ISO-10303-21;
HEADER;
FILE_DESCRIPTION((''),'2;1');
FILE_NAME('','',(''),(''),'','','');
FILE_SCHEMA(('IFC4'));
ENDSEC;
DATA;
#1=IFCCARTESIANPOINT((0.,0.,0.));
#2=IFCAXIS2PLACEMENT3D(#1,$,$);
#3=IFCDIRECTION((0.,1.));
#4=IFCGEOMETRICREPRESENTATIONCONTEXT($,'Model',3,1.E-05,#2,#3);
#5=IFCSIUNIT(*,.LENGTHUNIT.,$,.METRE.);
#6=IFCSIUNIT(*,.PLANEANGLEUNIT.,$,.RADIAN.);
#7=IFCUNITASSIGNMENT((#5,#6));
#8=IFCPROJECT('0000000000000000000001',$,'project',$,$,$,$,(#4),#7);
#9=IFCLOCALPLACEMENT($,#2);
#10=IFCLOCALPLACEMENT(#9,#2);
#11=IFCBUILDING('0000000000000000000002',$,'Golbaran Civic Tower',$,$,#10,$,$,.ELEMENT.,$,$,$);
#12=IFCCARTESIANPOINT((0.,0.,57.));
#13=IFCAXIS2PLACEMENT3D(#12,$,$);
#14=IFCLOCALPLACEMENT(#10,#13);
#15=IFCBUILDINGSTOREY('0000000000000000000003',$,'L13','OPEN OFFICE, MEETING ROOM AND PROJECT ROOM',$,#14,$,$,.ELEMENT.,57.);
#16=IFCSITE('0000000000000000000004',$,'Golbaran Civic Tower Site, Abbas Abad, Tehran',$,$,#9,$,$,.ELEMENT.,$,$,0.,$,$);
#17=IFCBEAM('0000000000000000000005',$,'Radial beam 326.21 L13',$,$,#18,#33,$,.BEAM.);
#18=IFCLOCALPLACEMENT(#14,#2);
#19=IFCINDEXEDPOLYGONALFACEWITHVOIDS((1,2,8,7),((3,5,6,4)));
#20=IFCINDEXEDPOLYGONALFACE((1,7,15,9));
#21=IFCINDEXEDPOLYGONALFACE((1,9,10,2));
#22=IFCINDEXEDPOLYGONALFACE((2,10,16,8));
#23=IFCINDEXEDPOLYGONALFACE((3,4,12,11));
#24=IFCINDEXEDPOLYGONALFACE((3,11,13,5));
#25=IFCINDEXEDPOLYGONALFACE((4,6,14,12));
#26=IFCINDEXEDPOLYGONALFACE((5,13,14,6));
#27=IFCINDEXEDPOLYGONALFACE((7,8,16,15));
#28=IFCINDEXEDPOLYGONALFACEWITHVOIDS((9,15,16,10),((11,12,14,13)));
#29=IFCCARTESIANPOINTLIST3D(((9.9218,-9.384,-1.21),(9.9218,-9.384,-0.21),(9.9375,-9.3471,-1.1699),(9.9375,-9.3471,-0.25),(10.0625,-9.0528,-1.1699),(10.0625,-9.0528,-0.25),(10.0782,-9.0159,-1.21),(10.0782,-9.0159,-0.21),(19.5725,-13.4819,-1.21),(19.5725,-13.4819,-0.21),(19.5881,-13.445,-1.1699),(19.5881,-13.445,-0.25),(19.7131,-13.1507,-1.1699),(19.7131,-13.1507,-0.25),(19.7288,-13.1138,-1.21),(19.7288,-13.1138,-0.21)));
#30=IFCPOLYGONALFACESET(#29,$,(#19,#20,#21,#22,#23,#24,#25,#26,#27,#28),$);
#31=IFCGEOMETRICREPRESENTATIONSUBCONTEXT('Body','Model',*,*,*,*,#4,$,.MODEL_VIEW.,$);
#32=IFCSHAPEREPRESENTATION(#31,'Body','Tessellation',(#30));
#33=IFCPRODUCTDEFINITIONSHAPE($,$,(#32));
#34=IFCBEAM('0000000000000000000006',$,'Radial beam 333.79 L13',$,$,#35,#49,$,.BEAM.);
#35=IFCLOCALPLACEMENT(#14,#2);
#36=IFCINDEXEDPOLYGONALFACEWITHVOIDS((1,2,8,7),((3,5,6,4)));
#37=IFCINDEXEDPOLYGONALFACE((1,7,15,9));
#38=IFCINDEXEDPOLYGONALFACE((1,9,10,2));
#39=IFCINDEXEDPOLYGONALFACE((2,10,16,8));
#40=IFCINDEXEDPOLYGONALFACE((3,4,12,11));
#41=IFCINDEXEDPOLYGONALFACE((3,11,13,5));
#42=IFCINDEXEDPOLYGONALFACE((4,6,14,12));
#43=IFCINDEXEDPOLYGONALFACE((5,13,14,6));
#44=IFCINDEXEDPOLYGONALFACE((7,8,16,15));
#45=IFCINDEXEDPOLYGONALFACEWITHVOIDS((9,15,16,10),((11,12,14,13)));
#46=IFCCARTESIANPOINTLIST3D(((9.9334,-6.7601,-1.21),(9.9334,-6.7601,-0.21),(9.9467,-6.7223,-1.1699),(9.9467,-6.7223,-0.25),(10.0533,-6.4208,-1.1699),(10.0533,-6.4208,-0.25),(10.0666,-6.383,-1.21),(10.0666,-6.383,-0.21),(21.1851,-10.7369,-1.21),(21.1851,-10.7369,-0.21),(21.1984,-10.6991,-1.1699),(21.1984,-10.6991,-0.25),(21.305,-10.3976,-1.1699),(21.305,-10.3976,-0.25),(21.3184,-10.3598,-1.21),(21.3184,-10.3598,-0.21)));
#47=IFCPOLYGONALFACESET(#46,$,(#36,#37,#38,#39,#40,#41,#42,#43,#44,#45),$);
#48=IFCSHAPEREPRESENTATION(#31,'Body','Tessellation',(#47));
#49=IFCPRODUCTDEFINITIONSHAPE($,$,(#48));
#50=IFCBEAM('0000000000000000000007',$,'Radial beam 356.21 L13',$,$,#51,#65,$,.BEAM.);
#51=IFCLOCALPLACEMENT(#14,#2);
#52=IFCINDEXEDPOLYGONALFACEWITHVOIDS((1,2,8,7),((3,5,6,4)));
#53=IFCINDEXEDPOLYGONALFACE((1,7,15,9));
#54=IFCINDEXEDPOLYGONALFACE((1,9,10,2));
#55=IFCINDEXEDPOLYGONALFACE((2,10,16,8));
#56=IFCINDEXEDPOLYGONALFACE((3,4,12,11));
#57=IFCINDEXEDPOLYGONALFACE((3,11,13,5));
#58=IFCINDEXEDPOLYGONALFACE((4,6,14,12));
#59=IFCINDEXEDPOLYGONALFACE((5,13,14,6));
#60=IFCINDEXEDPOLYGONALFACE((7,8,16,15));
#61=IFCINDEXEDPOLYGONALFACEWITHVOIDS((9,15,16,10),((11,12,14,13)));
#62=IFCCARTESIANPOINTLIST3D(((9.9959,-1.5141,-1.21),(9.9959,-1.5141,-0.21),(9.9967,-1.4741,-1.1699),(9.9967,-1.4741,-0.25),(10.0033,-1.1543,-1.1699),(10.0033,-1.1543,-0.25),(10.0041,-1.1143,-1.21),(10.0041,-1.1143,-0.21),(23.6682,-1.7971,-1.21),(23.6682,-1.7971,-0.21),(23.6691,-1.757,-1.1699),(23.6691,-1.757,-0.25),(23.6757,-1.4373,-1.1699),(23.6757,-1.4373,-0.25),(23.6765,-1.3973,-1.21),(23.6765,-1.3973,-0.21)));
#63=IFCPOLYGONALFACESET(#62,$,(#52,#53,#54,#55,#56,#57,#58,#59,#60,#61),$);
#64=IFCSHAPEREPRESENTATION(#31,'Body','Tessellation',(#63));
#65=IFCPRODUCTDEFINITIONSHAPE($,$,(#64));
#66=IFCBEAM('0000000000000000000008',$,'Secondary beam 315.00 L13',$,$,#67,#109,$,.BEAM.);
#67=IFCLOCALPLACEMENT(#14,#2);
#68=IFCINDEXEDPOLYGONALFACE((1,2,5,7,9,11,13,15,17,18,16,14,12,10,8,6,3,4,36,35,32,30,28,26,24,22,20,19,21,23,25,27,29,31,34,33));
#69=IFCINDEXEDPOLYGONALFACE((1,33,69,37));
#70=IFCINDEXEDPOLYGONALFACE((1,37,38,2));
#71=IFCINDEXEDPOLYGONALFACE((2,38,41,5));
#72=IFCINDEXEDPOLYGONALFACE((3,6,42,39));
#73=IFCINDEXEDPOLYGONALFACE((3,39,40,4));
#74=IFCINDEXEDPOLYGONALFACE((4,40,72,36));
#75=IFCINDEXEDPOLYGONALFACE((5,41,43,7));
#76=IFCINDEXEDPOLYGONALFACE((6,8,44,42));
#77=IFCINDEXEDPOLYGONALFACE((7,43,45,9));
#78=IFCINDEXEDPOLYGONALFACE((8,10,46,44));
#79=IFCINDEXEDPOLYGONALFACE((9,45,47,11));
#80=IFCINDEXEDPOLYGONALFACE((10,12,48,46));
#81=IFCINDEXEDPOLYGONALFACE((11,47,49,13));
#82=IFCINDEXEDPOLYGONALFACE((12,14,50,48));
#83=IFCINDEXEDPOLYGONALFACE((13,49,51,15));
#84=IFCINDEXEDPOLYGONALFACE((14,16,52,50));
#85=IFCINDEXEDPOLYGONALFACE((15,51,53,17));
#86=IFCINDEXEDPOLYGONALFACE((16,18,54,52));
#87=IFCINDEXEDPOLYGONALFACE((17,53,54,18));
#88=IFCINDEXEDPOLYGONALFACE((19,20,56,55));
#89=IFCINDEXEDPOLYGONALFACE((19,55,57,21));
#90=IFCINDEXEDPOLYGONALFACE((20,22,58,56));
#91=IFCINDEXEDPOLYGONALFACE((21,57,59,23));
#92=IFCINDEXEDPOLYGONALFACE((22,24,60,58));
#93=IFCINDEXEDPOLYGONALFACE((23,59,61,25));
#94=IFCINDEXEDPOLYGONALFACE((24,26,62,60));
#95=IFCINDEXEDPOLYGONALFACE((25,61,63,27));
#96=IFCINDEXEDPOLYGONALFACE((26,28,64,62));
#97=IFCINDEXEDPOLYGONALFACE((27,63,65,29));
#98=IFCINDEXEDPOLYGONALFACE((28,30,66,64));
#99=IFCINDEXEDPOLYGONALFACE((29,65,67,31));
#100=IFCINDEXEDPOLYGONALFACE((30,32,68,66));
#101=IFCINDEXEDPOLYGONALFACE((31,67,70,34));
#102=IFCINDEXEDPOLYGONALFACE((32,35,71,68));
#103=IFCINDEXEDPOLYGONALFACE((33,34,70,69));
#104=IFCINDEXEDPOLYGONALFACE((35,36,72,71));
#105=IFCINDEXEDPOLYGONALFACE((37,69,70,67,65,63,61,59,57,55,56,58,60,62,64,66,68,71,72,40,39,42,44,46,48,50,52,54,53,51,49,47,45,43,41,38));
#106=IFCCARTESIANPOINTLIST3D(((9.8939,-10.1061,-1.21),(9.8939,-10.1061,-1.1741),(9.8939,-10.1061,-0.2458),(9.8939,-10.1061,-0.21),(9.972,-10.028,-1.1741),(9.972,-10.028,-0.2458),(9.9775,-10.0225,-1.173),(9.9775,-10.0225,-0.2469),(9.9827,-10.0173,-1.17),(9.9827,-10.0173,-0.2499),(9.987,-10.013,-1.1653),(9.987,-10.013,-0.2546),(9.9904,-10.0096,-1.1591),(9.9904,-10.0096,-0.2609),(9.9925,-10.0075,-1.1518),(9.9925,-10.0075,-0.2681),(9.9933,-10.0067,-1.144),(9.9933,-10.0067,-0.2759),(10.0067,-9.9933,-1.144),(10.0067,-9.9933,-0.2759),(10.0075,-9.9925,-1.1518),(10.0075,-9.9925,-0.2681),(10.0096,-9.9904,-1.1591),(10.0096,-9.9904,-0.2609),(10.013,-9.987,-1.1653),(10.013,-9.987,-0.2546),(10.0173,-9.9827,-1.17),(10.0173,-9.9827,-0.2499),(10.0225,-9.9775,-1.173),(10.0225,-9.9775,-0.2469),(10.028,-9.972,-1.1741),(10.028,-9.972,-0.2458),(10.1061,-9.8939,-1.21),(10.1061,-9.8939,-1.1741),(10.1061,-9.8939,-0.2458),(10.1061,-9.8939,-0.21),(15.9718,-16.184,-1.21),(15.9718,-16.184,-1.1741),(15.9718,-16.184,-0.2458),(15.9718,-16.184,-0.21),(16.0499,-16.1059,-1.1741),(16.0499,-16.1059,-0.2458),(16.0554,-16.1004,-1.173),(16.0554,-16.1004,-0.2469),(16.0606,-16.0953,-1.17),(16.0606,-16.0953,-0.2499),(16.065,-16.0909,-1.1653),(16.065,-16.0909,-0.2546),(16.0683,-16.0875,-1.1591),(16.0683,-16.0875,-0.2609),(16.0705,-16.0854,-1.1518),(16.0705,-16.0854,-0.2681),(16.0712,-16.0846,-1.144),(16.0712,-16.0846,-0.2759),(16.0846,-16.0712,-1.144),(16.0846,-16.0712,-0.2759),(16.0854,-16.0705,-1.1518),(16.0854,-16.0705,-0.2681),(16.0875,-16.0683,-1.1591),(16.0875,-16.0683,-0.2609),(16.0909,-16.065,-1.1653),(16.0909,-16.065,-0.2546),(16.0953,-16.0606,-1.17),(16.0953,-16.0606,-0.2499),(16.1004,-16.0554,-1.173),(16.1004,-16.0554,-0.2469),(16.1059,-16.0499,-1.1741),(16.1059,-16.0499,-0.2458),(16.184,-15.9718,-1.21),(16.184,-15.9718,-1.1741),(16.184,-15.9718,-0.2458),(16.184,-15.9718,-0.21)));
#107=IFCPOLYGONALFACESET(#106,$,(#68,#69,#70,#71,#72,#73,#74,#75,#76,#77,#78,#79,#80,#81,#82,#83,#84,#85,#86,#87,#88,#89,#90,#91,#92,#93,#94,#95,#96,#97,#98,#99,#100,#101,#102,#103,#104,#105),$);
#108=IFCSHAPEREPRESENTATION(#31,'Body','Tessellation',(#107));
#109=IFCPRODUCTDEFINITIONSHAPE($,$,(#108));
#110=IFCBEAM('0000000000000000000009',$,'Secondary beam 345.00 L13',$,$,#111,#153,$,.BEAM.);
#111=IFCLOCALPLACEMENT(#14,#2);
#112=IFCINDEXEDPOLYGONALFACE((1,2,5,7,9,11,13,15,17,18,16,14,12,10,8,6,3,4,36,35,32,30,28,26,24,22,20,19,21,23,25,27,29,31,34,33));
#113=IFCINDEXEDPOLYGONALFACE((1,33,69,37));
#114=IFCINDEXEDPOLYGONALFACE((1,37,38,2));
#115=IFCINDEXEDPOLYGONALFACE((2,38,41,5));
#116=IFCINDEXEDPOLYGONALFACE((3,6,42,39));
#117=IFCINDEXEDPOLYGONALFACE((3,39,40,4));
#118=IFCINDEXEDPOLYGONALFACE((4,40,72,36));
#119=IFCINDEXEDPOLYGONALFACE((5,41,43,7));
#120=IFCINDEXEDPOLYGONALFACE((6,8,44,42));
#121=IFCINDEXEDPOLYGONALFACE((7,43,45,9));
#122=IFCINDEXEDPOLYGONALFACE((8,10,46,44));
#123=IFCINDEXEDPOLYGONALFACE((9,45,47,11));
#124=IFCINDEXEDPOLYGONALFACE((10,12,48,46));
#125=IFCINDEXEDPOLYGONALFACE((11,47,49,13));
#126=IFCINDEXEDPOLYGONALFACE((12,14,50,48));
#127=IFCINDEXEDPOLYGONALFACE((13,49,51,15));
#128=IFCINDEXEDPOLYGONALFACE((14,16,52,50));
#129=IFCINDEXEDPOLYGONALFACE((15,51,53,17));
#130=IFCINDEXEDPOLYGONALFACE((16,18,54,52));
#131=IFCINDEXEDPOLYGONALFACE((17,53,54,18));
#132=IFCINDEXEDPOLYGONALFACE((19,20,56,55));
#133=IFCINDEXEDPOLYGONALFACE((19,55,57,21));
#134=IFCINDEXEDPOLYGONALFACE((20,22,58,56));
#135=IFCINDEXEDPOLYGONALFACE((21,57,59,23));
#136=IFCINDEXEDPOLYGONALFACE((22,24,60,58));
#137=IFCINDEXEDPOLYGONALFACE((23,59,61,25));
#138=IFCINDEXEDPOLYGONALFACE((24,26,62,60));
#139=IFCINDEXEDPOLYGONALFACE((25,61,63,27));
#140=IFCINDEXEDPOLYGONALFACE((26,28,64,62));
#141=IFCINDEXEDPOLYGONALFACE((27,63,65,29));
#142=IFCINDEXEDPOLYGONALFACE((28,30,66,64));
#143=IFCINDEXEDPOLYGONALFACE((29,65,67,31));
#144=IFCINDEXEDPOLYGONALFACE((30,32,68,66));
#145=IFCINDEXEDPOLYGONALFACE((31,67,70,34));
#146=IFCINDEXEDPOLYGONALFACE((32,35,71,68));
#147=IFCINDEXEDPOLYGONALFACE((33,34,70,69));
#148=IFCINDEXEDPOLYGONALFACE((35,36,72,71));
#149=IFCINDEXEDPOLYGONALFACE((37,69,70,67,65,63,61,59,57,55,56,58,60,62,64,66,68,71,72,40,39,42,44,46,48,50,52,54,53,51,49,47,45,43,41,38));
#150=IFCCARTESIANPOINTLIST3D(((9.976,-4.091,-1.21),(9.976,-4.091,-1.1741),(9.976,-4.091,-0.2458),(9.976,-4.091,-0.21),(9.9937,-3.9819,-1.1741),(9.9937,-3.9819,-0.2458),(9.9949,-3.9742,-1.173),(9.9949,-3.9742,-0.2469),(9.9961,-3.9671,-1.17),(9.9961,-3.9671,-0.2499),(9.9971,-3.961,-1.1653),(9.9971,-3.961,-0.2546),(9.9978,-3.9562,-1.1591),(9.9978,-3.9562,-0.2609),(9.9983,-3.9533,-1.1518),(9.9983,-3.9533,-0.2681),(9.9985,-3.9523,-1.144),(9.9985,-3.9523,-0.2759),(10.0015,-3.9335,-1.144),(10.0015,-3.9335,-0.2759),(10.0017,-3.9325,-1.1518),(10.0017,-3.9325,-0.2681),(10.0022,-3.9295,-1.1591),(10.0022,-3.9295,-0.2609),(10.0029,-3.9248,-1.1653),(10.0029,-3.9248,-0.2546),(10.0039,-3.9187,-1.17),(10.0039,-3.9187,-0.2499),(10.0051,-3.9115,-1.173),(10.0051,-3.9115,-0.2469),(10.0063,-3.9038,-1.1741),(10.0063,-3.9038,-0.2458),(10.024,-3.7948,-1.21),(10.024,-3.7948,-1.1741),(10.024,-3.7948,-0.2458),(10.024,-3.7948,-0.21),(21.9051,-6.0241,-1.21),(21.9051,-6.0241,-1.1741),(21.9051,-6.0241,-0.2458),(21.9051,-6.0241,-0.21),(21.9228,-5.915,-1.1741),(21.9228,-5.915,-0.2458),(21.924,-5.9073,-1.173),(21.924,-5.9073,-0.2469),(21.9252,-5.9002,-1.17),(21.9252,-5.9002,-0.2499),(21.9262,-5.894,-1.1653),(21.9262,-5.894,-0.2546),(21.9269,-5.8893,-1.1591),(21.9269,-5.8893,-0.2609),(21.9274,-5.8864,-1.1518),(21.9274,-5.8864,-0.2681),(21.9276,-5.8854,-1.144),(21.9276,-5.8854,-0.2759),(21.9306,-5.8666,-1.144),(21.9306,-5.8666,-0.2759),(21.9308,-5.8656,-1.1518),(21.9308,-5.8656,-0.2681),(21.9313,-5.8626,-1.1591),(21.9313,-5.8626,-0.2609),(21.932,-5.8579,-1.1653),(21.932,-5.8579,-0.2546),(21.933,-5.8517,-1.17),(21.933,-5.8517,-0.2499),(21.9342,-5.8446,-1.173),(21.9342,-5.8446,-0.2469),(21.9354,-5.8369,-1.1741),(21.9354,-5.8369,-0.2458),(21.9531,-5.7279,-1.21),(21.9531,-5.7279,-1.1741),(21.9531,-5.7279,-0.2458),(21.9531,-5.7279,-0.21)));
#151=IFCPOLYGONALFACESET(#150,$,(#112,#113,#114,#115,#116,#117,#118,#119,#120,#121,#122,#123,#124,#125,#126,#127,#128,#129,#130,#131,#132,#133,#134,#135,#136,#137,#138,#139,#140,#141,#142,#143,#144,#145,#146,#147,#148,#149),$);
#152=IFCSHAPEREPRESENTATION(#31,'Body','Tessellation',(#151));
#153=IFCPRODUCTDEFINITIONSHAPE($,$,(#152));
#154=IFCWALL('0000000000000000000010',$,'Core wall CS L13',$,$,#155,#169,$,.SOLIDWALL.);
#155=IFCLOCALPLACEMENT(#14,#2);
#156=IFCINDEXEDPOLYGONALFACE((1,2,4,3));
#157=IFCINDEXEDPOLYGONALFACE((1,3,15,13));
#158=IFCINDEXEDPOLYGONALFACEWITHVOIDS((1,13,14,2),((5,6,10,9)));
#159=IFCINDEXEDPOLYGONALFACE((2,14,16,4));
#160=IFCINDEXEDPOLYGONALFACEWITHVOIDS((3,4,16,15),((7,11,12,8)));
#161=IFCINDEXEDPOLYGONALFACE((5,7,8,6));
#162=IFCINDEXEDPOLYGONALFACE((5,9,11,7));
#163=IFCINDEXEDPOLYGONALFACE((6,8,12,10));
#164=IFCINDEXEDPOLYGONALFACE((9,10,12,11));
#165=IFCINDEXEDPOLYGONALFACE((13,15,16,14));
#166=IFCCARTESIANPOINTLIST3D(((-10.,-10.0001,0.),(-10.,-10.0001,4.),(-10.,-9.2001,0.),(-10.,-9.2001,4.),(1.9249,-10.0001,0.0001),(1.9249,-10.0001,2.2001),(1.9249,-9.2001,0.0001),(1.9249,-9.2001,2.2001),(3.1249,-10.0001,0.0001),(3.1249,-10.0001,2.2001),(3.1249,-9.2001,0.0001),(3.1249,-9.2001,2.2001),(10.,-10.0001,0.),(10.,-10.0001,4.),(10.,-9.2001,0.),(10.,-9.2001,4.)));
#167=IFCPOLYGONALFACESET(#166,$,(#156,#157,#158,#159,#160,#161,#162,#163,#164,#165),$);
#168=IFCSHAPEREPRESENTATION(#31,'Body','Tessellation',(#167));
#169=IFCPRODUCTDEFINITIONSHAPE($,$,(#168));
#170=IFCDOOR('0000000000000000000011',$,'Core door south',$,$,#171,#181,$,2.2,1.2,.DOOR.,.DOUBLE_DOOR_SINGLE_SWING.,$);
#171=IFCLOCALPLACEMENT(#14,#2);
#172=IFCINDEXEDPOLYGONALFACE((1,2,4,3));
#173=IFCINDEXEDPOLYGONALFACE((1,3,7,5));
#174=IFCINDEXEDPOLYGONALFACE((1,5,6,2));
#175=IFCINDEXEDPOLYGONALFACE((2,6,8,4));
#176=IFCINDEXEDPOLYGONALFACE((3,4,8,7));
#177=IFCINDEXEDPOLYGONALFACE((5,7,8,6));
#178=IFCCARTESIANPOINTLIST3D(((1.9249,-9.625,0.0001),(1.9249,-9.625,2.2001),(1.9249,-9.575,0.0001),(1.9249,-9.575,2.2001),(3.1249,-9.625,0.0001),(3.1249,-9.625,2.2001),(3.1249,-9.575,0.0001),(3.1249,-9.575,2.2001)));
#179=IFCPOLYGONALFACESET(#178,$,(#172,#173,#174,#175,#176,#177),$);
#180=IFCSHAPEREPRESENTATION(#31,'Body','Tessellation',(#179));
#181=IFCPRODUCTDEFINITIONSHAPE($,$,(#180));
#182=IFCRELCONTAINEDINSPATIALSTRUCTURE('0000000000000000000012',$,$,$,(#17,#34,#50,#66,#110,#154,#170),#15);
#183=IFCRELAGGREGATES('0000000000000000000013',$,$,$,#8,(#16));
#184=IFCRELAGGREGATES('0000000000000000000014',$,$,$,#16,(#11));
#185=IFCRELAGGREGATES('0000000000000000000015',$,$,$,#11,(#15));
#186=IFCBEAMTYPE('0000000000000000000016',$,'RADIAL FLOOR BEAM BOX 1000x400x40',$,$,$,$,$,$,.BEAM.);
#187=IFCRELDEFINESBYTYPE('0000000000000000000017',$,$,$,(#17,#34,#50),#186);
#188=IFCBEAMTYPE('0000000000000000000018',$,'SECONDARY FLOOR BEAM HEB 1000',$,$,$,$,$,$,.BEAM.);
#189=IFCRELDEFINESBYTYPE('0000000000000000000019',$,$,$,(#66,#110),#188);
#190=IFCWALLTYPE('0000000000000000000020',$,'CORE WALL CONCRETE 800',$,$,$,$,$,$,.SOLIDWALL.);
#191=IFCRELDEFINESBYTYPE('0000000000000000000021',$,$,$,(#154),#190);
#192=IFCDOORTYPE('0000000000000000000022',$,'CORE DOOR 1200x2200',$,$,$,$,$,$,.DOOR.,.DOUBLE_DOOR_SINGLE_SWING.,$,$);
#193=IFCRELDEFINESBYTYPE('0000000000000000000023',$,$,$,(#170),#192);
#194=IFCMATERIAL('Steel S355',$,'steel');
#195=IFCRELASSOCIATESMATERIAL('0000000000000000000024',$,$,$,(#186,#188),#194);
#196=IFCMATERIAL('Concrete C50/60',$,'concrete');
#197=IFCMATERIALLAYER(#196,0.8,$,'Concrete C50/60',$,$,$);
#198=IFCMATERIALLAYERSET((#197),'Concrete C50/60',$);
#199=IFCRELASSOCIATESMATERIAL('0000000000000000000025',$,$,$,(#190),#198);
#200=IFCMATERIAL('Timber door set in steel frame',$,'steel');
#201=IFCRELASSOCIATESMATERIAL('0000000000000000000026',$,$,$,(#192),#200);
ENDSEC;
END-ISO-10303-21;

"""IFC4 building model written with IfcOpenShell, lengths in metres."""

from ifc_helpers import new_model, si_unit, direction, frame, frame_2d, origin, origin_2d, place, context, subcontext, project, spatial, rectangle, hollow_rectangle, i_section, extrude, material, layer, layer_set, material_profile, profile_set, type_object, element, fill, save


model = new_model("IFC4")

# Units and contexts
model_context = context("Model", 3, precision=1e-05, world=origin(), true_north=direction((0.0, 1.0)))
body_context = subcontext(model_context, "Body", "Model", "MODEL_VIEW")
ifc_project = project(units=[si_unit("LENGTHUNIT", "METRE"), si_unit("PLANEANGLEUNIT", "RADIAN")], contexts=[model_context])

# Site, building, storey
site_placement = place(None, origin())
site = spatial("IfcSite", under=ifc_project, at=site_placement, Name="Golbaran Civic Tower Site, Abbas Abad, Tehran", CompositionType="ELEMENT", RefElevation=0.0)
building_placement = place(site_placement, origin())
building = spatial("IfcBuilding", under=site, at=building_placement, Name="Golbaran Civic Tower", CompositionType="ELEMENT")
storey_placement = place(building_placement, frame((0.0, 0.0, 57.0)))
storey = spatial("IfcBuildingStorey", under=building, at=storey_placement, Name="L13", Description="OPEN OFFICE, MEETING ROOM AND PROJECT ROOM", CompositionType="ELEMENT", Elevation=57.0)

# Beams
ifc_material_1 = material(Name="Steel S355", Category="steel")
ifc_material_profile_1 = material_profile(ifc_material_1, hollow_rectangle(XDim=0.3999, YDim=1.0, WallThickness=0.04, at=origin_2d()), Name="BOX 1000x400x40")
ifc_profile_set_1 = profile_set([ifc_material_profile_1], Name="Steel S355")
beam_type_1 = type_object("IfcBeamType", Name="RADIAL FLOOR BEAM BOX 1000x400x40", PredefinedType="BEAM", material=ifc_profile_set_1)
beam_1_placement = place(storey_placement, frame((10.0, -9.2, -0.71), z_axis=(0.920455, -0.390848, 0.0), x_axis=(0.390848, 0.920455, 0.0)))
element("IfcBeam", 1, at=beam_1_placement, inside=storey, type_object=beam_type_1, Name="Radial beam 326.21 L13", PredefinedType="BEAM", context=body_context, shape_type="SweptSolid", body=[
    extrude(hollow_rectangle(XDim=0.3999, YDim=1.0, WallThickness=0.04, at=origin_2d()), origin(), (0.0, 0.0, 1.0), 10.4846),
])
beam_2_placement = place(storey_placement, frame((10.0, -6.5715, -0.71), z_axis=(0.942843, -0.333238, 0.0), x_axis=(0.333238, 0.942843, 0.0)))
element("IfcBeam", 2, at=beam_2_placement, inside=storey, type_object=beam_type_1, Name="Radial beam 333.79 L13", PredefinedType="BEAM", context=body_context, shape_type="SweptSolid", body=[
    extrude(hollow_rectangle(XDim=0.3999, YDim=1.0, WallThickness=0.04, at=origin_2d()), origin(), (0.0, 0.0, 1.0), 11.9338),
])
beam_3_placement = place(storey_placement, frame((10.0, -1.3142, -0.71), z_axis=(0.999786, -0.020691, 0.0), x_axis=(0.020691, 0.999786, 0.0)))
element("IfcBeam", 3, at=beam_3_placement, inside=storey, type_object=beam_type_1, Name="Radial beam 356.21 L13", PredefinedType="BEAM", context=body_context, shape_type="SweptSolid", body=[
    extrude(hollow_rectangle(XDim=0.3999, YDim=1.0, WallThickness=0.04, at=origin_2d()), origin(), (0.0, 0.0, 1.0), 13.6753),
])
ifc_material_profile_2 = material_profile(ifc_material_1, i_section(OverallWidth=0.3, OverallDepth=1.0, WebThickness=0.019, FlangeThickness=0.0359, FilletRadius=0.03, at=origin_2d()), Name="HEB 1000")
ifc_profile_set_2 = profile_set([ifc_material_profile_2], Name="Steel S355")
beam_type_2 = type_object("IfcBeamType", Name="SECONDARY FLOOR BEAM HEB 1000", PredefinedType="BEAM", material=ifc_profile_set_2)
beam_4_placement = place(storey_placement, frame((10.0, -10.0, -0.71), z_axis=(0.707107, -0.707107, 0.0), x_axis=(0.707107, 0.707107, 0.0)))
element("IfcBeam", 4, at=beam_4_placement, inside=storey, type_object=beam_type_2, Name="Secondary beam 315.00 L13", PredefinedType="BEAM", context=body_context, shape_type="SweptSolid", body=[
    extrude(i_section(OverallWidth=0.3, OverallDepth=1.0, WebThickness=0.019, FlangeThickness=0.0359, FilletRadius=0.03, at=origin_2d()), origin(), (0.0, 0.0, 1.0), 8.5955),
])
beam_5_placement = place(storey_placement, frame((10.0, -3.9429, -0.71), z_axis=(0.987123, -0.159962, 0.0), x_axis=(0.159962, 0.987123, 0.0)))
element("IfcBeam", 5, at=beam_5_placement, inside=storey, type_object=beam_type_2, Name="Secondary beam 345.00 L13", PredefinedType="BEAM", context=body_context, shape_type="SweptSolid", body=[
    extrude(i_section(OverallWidth=0.3, OverallDepth=1.0, WebThickness=0.019, FlangeThickness=0.0359, FilletRadius=0.03, at=origin_2d()), origin(), (0.0, 0.0, 1.0), 12.0847),
])

# Wall, opening, door
ifc_material_2 = material(Name="Concrete C50/60", Category="concrete")
ifc_layer_1 = layer(ifc_material_2, 0.8, Name="Concrete C50/60")
ifc_layer_set_1 = layer_set([ifc_layer_1], Name="Concrete C50/60")
wall_type_1 = type_object("IfcWallType", Name="CORE WALL CONCRETE 800", PredefinedType="SOLIDWALL", material=ifc_layer_set_1)
wall_1_placement = place(storey_placement, frame((10.0, -9.6001, 0.0), z_axis=(0.0, 0.0, 1.0), x_axis=(-1.0, 0.0, 0.0)))
wall_1 = element("IfcWall", 6, at=wall_1_placement, inside=storey, type_object=wall_type_1, Name="Core wall CS L13", PredefinedType="SOLIDWALL", context=body_context, shape_type="SweptSolid", body=[
    extrude(rectangle(XDim=20.0, YDim=0.8, at=frame_2d((10.0, 0.0))), origin(), (0.0, 0.0, 1.0), 4.0),
])
opening_1_placement = place(wall_1_placement, frame((6.875, 0.0, 0.0)))
opening_1 = element("IfcOpeningElement", 7, at=opening_1_placement, cuts=wall_1, PredefinedType="OPENING", context=body_context, shape_type="SweptSolid", body=[
    extrude(rectangle(XDim=1.2, YDim=2.2, at=frame_2d((0.6001, 1.1001))), frame((0.0, 0.4099, 0.0), z_axis=(0.0, -1.0, 0.0), x_axis=(1.0, 0.0, 0.0)), (0.0, 0.0, 1.0), 0.8201),
])
ifc_material_3 = material(Name="Timber door set in steel frame", Category="steel")
door_type_1 = type_object("IfcDoorType", Name="CORE DOOR 1200x2200", OperationType="DOUBLE_DOOR_SINGLE_SWING", PredefinedType="DOOR", material=ifc_material_3)
door_1_placement = place(opening_1_placement, origin())
door_1 = element("IfcDoor", 8, at=door_1_placement, inside=storey, type_object=door_type_1, Name="Core door south", OperationType="DOUBLE_DOOR_SINGLE_SWING", OverallHeight=2.2, OverallWidth=1.2, PredefinedType="DOOR", context=body_context, shape_type="SweptSolid", body=[
    extrude(rectangle(XDim=1.2, YDim=2.2, at=frame_2d((0.6001, 1.1001))), frame((0.0, 0.0249, 0.0), z_axis=(0.0, -1.0, 0.0), x_axis=(1.0, 0.0, 0.0)), (0.0, 0.0, 1.0), 0.05),
])
fill(opening_1, door_1)

save(model, "model.ifc")
